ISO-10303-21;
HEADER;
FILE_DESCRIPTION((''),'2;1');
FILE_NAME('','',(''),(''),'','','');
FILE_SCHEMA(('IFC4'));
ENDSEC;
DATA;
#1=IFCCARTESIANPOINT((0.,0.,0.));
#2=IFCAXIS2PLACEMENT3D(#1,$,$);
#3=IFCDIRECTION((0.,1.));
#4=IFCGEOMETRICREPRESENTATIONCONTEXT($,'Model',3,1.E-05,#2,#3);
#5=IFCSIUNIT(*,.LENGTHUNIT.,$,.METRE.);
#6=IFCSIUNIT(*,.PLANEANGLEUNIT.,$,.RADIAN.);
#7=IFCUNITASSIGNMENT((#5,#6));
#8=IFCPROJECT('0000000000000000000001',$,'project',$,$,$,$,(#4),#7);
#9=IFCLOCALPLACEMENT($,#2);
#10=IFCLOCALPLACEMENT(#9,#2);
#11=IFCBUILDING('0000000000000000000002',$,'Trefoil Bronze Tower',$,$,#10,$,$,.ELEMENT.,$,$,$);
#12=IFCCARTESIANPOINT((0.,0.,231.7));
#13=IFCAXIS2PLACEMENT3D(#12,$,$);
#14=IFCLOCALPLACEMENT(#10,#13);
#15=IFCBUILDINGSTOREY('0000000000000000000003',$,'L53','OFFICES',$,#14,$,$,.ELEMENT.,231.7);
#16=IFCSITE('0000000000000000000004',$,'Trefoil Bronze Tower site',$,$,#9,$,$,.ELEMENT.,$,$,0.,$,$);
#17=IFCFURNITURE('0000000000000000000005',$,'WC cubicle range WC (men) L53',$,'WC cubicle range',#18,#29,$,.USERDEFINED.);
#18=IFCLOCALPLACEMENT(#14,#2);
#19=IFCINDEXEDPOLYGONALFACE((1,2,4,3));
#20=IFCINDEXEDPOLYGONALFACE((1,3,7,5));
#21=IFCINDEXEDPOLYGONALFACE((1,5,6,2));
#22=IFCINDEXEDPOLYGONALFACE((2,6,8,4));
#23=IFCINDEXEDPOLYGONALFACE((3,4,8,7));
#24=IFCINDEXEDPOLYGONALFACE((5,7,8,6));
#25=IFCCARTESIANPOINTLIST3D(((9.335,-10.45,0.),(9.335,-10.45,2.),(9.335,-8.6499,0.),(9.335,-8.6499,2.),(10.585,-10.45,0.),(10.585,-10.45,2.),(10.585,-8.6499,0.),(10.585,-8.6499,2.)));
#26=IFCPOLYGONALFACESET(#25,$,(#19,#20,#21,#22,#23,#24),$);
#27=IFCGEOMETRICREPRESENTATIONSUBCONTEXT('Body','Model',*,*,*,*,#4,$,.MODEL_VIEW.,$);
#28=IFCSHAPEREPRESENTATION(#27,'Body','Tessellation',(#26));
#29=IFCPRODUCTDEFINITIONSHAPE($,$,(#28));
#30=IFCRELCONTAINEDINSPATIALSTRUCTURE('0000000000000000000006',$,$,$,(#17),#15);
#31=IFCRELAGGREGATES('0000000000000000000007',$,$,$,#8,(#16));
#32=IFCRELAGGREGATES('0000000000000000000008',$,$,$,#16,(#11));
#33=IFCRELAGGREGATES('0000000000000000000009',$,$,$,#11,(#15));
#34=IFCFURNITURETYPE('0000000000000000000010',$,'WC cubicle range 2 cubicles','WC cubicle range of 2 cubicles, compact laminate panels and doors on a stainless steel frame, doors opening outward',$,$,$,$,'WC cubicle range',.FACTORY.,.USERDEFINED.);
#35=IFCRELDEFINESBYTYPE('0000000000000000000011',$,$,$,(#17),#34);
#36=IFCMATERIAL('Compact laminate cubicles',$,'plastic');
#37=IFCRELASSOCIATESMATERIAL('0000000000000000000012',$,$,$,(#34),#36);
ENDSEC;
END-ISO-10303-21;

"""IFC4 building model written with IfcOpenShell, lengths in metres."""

from ifc_helpers import new_model, si_unit, direction, frame, origin, place, context, subcontext, project, spatial, polyline, outline, extrude, material, type_object, element, save


model = new_model("IFC4")

# Units and contexts
model_context = context("Model", 3, precision=1e-05, world=origin(), true_north=direction((0.0, 1.0)))
body_context = subcontext(model_context, "Body", "Model", "MODEL_VIEW")
ifc_project = project(units=[si_unit("LENGTHUNIT", "METRE"), si_unit("PLANEANGLEUNIT", "RADIAN")], contexts=[model_context])

# Site, building, storey
site_placement = place(None, origin())
site = spatial("IfcSite", under=ifc_project, at=site_placement, Name="Trefoil Bronze Tower site", CompositionType="ELEMENT", RefElevation=0.0)
building_placement = place(site_placement, origin())
building = spatial("IfcBuilding", under=site, at=building_placement, Name="Trefoil Bronze Tower", CompositionType="ELEMENT")
storey_placement = place(building_placement, frame((0.0, 0.0, 231.7)))
storey = spatial("IfcBuildingStorey", under=building, at=storey_placement, Name="L53", Description="OFFICES", CompositionType="ELEMENT", Elevation=231.7)

# Furniture
ifc_material_1 = material(Name="Compact laminate cubicles", Category="plastic")
furniture_type = type_object("IfcFurnitureType", Name="WC cubicle range 2 cubicles", Description="WC cubicle range of 2 cubicles, compact laminate panels and doors on a stainless steel frame, doors opening outward", ElementType="WC cubicle range", AssemblyPlace="FACTORY", PredefinedType="USERDEFINED", material=ifc_material_1)
furniture_placement = place(storey_placement, origin())
element("IfcFurniture", 1, at=furniture_placement, inside=storey, type_object=furniture_type, Name="WC cubicle range WC (men) L53", ObjectType="WC cubicle range", PredefinedType="USERDEFINED", context=body_context, shape_type="SweptSolid", body=[
    extrude(outline(polyline([(9.335, -8.6499), (10.585, -8.6499), (10.585, -10.45), (9.335, -10.45), (9.335, -8.6499)])), origin(), (0.0, 0.0, 1.0), 2.0),
])

save(model, "model.ifc")
